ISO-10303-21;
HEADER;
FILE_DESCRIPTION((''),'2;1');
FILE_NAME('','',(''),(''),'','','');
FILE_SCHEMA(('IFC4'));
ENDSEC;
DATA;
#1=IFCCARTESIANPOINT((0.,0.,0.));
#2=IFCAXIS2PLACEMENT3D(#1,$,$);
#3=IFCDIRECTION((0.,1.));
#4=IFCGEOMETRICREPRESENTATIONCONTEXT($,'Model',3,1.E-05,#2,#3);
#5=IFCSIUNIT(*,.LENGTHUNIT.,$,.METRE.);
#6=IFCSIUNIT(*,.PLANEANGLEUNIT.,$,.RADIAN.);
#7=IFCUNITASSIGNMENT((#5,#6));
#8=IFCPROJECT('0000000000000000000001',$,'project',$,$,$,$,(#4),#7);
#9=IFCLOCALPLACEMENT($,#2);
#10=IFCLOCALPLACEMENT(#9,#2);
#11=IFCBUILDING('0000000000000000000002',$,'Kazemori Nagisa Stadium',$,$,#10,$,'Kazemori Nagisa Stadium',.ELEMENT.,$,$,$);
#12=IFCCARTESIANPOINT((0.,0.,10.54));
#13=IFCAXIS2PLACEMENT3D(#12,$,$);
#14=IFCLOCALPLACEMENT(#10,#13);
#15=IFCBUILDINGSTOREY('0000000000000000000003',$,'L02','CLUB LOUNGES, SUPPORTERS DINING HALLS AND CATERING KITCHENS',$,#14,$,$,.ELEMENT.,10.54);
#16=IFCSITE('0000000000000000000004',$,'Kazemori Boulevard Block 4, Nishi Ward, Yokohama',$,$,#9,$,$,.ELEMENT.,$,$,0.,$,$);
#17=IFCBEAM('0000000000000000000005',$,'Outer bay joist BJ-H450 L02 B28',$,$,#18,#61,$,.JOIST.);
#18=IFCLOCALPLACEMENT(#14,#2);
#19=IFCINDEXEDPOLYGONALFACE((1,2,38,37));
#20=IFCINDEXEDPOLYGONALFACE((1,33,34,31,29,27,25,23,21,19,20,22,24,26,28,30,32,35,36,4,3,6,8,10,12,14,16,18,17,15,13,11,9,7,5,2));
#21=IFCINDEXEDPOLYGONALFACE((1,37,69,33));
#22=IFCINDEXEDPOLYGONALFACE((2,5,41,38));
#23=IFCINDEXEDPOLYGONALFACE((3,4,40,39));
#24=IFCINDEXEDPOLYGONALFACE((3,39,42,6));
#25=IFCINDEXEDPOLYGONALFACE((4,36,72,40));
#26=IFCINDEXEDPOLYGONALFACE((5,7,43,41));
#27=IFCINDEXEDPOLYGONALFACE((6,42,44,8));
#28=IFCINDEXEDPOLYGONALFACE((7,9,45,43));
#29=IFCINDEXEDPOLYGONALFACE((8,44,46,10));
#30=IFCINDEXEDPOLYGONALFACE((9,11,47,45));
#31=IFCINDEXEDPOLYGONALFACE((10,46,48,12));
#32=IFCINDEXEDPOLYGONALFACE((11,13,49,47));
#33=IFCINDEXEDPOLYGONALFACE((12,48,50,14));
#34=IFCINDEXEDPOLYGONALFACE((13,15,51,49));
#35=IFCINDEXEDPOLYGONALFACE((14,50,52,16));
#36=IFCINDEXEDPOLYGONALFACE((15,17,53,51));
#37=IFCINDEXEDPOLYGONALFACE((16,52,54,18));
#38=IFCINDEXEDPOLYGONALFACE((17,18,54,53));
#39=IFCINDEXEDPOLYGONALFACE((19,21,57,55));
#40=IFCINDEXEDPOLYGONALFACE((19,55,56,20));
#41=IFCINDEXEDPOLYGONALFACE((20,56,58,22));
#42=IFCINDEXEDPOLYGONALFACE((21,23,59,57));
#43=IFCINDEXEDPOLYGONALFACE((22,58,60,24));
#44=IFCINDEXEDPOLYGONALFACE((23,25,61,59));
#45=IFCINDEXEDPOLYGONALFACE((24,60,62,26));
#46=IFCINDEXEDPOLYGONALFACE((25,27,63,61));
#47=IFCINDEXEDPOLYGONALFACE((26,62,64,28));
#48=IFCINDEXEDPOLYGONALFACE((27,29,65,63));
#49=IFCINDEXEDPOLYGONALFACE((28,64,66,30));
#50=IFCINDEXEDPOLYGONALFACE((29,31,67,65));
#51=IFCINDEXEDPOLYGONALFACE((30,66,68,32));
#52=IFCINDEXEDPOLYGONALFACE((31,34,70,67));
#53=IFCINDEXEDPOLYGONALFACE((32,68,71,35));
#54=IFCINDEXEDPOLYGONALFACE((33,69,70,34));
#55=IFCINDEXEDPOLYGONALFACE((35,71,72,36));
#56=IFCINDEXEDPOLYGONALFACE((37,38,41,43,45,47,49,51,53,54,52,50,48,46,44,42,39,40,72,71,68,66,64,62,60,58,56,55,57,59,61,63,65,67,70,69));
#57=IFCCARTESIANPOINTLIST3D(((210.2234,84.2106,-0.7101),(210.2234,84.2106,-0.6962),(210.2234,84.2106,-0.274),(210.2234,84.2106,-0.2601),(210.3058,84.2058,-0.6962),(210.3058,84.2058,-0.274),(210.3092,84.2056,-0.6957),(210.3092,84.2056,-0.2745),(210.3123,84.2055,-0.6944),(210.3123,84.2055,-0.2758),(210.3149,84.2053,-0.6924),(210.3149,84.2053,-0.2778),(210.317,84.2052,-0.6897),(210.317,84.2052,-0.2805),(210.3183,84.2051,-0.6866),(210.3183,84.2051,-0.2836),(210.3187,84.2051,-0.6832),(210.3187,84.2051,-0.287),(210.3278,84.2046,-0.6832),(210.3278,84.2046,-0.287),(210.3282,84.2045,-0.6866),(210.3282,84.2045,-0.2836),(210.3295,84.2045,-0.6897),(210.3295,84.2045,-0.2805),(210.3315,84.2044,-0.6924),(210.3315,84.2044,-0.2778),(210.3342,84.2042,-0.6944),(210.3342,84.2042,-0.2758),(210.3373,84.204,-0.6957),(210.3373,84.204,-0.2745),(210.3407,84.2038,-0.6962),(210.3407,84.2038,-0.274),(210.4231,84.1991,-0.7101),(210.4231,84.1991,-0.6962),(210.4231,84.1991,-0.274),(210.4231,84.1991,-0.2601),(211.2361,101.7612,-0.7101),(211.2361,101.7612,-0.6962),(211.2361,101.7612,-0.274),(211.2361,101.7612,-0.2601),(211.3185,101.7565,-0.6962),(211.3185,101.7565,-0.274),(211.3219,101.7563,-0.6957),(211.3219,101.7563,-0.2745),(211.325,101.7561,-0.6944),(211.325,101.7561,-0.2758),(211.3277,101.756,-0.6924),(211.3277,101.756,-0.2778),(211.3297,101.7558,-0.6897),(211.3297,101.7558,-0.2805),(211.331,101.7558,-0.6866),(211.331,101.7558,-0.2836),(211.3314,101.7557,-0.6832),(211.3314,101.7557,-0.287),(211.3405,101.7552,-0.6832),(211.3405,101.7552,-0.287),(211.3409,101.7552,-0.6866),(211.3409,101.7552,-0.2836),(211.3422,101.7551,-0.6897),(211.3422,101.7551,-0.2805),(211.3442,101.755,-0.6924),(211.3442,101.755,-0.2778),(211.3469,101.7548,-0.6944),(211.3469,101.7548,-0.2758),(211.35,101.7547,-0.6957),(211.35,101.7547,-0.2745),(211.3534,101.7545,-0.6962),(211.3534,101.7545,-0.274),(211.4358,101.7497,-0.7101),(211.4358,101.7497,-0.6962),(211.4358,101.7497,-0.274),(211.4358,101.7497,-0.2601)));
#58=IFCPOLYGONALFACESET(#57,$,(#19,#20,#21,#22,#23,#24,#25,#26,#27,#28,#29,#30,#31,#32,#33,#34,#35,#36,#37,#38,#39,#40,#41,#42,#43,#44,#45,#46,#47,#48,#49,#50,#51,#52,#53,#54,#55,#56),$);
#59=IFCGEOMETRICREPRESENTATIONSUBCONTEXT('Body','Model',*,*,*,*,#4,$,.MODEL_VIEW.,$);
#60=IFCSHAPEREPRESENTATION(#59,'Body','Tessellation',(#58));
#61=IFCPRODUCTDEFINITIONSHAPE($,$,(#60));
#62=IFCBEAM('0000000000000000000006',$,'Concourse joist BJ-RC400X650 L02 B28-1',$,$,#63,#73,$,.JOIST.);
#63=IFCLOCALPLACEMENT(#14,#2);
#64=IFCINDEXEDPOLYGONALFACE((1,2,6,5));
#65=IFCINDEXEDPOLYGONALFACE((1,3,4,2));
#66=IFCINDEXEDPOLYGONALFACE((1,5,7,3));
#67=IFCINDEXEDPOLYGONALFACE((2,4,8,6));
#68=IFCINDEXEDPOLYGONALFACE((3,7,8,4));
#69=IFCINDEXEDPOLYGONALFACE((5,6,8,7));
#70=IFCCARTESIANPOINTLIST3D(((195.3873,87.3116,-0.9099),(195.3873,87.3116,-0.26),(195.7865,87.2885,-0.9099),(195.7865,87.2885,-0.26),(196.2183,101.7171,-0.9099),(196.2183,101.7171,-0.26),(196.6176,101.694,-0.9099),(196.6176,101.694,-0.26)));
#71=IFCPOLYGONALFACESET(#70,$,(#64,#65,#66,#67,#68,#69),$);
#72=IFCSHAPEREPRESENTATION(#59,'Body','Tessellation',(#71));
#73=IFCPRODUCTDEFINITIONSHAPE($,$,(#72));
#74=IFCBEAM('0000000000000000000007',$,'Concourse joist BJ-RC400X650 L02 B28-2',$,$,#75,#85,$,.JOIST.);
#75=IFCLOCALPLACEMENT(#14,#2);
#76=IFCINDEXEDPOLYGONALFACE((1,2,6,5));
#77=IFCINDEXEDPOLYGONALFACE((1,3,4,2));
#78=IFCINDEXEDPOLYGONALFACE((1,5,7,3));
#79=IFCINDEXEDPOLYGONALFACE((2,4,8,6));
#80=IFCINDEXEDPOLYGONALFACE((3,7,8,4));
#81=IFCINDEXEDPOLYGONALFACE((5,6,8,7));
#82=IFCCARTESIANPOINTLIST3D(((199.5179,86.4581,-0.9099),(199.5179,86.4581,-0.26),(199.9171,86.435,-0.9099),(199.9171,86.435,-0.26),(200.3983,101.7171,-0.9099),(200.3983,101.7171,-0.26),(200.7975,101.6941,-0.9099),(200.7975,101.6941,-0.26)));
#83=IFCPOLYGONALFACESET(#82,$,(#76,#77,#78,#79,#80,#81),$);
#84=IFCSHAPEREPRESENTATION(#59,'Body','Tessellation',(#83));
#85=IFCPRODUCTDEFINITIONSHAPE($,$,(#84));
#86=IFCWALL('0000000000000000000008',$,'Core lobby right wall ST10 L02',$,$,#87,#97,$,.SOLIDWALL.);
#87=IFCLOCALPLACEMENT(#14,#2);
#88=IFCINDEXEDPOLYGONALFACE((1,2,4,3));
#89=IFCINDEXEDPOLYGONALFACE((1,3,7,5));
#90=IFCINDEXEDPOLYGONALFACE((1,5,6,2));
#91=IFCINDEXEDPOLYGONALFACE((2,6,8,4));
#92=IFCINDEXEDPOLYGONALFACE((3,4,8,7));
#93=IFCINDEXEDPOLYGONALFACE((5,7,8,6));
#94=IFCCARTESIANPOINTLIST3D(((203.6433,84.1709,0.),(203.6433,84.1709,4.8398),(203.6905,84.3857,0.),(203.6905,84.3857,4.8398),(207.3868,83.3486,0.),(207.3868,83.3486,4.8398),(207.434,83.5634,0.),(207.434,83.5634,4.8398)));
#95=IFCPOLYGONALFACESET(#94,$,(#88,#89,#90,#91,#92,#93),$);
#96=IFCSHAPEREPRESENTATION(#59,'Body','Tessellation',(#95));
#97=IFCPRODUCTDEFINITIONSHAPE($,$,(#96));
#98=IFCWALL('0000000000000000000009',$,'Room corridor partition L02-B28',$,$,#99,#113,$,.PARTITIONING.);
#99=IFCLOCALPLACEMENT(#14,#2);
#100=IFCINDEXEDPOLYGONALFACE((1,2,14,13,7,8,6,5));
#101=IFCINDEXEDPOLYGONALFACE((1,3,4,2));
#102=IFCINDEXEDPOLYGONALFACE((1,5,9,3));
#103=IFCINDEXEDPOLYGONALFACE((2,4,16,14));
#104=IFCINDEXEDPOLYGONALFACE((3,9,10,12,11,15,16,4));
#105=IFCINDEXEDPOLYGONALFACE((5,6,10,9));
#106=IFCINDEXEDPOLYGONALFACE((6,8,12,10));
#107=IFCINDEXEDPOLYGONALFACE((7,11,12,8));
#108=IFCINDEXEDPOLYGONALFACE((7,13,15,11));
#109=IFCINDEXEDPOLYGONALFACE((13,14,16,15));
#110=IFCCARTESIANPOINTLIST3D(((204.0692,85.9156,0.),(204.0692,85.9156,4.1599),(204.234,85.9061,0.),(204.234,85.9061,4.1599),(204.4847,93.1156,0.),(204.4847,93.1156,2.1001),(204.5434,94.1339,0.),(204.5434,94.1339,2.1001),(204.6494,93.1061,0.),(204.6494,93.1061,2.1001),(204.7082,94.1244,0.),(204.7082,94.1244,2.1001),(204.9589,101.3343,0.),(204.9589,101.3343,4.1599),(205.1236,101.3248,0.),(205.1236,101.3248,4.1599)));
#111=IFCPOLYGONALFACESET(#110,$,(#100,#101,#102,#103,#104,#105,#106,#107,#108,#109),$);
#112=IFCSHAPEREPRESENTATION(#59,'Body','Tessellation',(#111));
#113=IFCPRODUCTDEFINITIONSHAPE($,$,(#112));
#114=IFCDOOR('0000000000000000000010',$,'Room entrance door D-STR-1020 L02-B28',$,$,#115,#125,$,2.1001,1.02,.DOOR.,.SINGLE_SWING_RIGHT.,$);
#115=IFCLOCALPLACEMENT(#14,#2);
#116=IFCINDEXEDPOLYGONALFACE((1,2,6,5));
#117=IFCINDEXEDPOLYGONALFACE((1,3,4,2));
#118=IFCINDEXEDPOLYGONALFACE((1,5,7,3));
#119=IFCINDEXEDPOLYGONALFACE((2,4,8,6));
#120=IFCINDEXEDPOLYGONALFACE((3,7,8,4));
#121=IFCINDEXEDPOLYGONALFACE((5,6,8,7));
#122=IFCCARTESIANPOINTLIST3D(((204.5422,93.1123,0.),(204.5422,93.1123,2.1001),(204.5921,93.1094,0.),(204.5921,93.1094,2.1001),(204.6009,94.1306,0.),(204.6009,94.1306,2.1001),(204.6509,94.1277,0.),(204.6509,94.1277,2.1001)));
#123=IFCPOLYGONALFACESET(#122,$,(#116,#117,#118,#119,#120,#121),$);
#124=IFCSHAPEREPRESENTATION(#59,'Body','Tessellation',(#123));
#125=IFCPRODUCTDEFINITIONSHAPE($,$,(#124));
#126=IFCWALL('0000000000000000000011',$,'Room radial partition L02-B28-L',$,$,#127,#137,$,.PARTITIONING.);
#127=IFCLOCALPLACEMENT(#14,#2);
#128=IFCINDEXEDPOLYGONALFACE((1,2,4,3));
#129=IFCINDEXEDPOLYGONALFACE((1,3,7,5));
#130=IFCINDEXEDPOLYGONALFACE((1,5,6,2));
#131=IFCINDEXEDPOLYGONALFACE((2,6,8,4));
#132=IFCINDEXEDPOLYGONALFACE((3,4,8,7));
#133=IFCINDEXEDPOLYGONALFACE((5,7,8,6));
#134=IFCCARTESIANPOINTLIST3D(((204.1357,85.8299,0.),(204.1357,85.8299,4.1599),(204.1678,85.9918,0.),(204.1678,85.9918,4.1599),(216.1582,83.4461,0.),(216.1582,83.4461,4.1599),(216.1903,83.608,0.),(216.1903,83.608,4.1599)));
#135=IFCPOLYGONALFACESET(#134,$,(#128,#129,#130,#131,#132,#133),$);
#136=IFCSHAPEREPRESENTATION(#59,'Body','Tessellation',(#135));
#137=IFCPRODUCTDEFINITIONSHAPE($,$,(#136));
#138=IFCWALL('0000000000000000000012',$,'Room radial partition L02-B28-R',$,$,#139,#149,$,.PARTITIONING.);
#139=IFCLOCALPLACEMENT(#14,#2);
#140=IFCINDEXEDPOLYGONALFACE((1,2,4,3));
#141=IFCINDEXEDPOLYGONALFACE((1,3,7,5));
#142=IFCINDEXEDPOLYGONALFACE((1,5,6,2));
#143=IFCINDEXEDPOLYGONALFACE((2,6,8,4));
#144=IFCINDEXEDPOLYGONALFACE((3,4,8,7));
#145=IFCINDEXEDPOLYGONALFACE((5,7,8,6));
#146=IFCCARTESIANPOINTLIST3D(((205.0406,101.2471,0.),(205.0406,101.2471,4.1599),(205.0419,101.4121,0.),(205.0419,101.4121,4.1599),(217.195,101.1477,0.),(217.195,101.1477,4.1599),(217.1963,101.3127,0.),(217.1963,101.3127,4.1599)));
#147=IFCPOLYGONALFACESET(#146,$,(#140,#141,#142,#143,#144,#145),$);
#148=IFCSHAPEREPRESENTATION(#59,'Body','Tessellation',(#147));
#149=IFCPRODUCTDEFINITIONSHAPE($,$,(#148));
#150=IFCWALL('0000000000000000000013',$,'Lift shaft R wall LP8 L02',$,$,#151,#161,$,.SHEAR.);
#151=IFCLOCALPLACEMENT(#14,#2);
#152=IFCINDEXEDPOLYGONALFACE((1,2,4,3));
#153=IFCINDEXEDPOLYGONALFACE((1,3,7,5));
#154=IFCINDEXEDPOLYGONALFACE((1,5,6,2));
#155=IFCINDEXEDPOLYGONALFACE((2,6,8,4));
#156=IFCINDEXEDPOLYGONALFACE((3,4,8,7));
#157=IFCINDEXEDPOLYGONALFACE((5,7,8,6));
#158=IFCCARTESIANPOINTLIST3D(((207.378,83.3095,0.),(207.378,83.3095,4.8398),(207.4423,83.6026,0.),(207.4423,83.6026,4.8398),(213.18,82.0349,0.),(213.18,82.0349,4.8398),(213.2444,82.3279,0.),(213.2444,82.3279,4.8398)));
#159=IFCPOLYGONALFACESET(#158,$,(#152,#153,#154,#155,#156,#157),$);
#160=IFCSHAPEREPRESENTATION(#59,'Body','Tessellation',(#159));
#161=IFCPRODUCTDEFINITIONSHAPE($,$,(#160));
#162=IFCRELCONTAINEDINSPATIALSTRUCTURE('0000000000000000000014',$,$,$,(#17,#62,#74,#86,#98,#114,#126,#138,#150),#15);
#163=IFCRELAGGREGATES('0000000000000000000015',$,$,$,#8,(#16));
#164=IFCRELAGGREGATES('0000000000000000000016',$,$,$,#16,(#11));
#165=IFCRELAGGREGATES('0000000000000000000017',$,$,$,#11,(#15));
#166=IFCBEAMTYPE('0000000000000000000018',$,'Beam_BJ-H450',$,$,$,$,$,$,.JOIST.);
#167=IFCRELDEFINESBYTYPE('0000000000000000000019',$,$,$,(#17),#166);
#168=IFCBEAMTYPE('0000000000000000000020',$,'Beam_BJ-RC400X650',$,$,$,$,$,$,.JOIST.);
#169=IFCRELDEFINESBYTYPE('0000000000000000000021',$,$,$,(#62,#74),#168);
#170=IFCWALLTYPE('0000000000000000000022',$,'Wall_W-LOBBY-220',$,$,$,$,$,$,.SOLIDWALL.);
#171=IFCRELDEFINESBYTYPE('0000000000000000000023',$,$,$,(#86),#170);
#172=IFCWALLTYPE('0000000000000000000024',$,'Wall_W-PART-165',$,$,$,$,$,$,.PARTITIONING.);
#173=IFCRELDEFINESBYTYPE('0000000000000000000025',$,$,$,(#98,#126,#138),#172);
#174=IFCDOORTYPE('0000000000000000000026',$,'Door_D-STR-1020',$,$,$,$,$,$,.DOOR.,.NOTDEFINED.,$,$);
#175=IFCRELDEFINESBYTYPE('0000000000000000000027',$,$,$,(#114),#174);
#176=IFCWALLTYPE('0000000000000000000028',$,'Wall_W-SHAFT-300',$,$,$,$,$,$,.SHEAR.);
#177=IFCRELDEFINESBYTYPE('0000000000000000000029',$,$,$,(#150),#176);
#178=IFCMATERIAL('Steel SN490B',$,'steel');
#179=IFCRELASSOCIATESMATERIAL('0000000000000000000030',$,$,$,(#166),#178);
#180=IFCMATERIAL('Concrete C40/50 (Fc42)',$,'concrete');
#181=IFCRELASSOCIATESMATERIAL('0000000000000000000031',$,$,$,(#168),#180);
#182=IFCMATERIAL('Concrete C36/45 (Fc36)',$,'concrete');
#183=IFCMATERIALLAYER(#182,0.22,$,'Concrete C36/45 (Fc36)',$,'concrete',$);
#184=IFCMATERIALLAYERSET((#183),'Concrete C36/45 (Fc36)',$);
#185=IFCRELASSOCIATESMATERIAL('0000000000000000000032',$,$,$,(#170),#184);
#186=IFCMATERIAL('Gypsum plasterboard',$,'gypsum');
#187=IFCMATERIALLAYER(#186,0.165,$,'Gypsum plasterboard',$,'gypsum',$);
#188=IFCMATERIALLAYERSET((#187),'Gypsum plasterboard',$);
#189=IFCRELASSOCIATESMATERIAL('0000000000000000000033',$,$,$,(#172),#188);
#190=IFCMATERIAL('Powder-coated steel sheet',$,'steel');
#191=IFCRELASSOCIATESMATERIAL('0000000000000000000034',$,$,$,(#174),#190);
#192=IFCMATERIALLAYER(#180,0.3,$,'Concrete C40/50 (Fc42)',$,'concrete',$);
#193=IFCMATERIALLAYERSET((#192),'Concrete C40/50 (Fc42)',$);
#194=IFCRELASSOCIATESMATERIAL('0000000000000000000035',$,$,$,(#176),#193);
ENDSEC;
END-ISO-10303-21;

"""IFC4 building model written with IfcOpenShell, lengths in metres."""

from ifc_helpers import new_model, si_unit, direction, frame, frame_2d, origin, origin_2d, place, context, subcontext, project, spatial, rectangle, i_section, extrude, material, layer, layer_set, material_profile, profile_set, type_object, element, fill, save


model = new_model("IFC4")

# Units and contexts
model_context = context("Model", 3, precision=1e-05, world=origin(), true_north=direction((0.0, 1.0)))
body_context = subcontext(model_context, "Body", "Model", "MODEL_VIEW")
ifc_project = project(units=[si_unit("LENGTHUNIT", "METRE"), si_unit("PLANEANGLEUNIT", "RADIAN")], contexts=[model_context])

# Site, building, storey
site_placement = place(None, origin())
site = spatial("IfcSite", under=ifc_project, at=site_placement, Name="Kazemori Boulevard Block 4, Nishi Ward, Yokohama", CompositionType="ELEMENT", RefElevation=0.0)
building_placement = place(site_placement, origin())
building = spatial("IfcBuilding", under=site, at=building_placement, Name="Kazemori Nagisa Stadium", LongName="Kazemori Nagisa Stadium", CompositionType="ELEMENT")
storey_placement = place(building_placement, frame((0.0, 0.0, 10.54)))
storey = spatial("IfcBuildingStorey", under=building, at=storey_placement, Name="L02", Description="CLUB LOUNGES, SUPPORTERS DINING HALLS AND CATERING KITCHENS", CompositionType="ELEMENT", Elevation=10.54)

# Shared definitions
ifc_material_1 = material(Name="Concrete C40/50 (Fc42)", Category="concrete")

# Beams
ifc_material_2 = material(Name="Steel SN490B", Category="steel")
ifc_material_profile_1 = material_profile(ifc_material_2, i_section(OverallWidth=0.2, OverallDepth=0.45, WebThickness=0.009, FlangeThickness=0.0139, FilletRadius=0.0129, at=origin_2d()), Name="H-450x200x9x14")
ifc_profile_set_1 = profile_set([ifc_material_profile_1], Name="Steel SN490B")
beam_type_1 = type_object("IfcBeamType", Name="Beam_BJ-H450", PredefinedType="JOIST", material=ifc_profile_set_1)
beam_1_placement = place(storey_placement, frame((210.3232, 84.2048, -0.4851), z_axis=(0.057606, 0.998339, 0.0), x_axis=(-0.998339, 0.057606, 0.0)))
element("IfcBeam", 1, at=beam_1_placement, inside=storey, type_object=beam_type_1, Name="Outer bay joist BJ-H450 L02 B28", PredefinedType="JOIST", context=body_context, shape_type="SweptSolid", body=[
    extrude(i_section(OverallWidth=0.2, OverallDepth=0.45, WebThickness=0.009, FlangeThickness=0.0139, FilletRadius=0.0129, at=origin_2d()), origin(), (0.0, 0.0, 1.0), 17.5798),
])
ifc_material_profile_2 = material_profile(ifc_material_1, rectangle(XDim=0.3999, YDim=0.6499, at=origin_2d()), Name="RC-BM-400x650")
ifc_profile_set_2 = profile_set([ifc_material_profile_2], Name="Concrete C40/50 (Fc42)")
beam_type_2 = type_object("IfcBeamType", Name="Beam_BJ-RC400X650", PredefinedType="JOIST", material=ifc_profile_set_2)
beam_2_placement = place(storey_placement, frame((195.5869, 87.3, -0.585), z_axis=(0.057594, 0.99834, 0.0), x_axis=(-0.99834, 0.057594, 0.0)))
element("IfcBeam", 2, at=beam_2_placement, inside=storey, type_object=beam_type_2, Name="Concourse joist BJ-RC400X650 L02 B28-1", PredefinedType="JOIST", context=body_context, shape_type="SweptSolid", body=[
    extrude(rectangle(XDim=0.3999, YDim=0.6499, at=origin_2d()), origin(), (0.0, 0.0, 1.0), 14.4294),
])
beam_3_placement = place(storey_placement, frame((199.7175, 86.4465, -0.585), z_axis=(0.057599, 0.99834, 0.0), x_axis=(-0.99834, 0.057599, 0.0)))
element("IfcBeam", 3, at=beam_3_placement, inside=storey, type_object=beam_type_2, Name="Concourse joist BJ-RC400X650 L02 B28-2", PredefinedType="JOIST", context=body_context, shape_type="SweptSolid", body=[
    extrude(rectangle(XDim=0.3999, YDim=0.6499, at=origin_2d()), origin(), (0.0, 0.0, 1.0), 15.2844),
])

# Wall
ifc_material_3 = material(Name="Concrete C36/45 (Fc36)", Category="concrete")
ifc_layer_1 = layer(ifc_material_3, 0.22, Name="Concrete C36/45 (Fc36)", Category="concrete")
ifc_layer_set_1 = layer_set([ifc_layer_1], Name="Concrete C36/45 (Fc36)")
wall_type_1 = type_object("IfcWallType", Name="Wall_W-LOBBY-220", PredefinedType="SOLIDWALL", material=ifc_layer_set_1)
wall_1_placement = place(storey_placement, frame((203.6667, 84.2783, 0.0), z_axis=(0.0, 0.0, 1.0), x_axis=(0.976715, -0.214542, 0.0)))
element("IfcWall", 4, at=wall_1_placement, inside=storey, type_object=wall_type_1, Name="Core lobby right wall ST10 L02", PredefinedType="SOLIDWALL", context=body_context, shape_type="SweptSolid", body=[
    extrude(rectangle(XDim=3.8328, YDim=0.22, at=frame_2d((1.9165, 0.0))), origin(), (0.0, 0.0, 1.0), 4.8398),
])

# Wall, opening, door
ifc_material_4 = material(Name="Gypsum plasterboard", Category="gypsum")
ifc_layer_2 = layer(ifc_material_4, 0.165, Name="Gypsum plasterboard", Category="gypsum")
ifc_layer_set_2 = layer_set([ifc_layer_2], Name="Gypsum plasterboard")
wall_type_2 = type_object("IfcWallType", Name="Wall_W-PART-165", PredefinedType="PARTITIONING", material=ifc_layer_set_2)
wall_2_placement = place(storey_placement, frame((204.1516, 85.9109, 0.0), z_axis=(0.0, 0.0, 1.0), x_axis=(0.057604, 0.99834, 0.0)))
wall_2 = element("IfcWall", 5, at=wall_2_placement, inside=storey, type_object=wall_type_2, Name="Room corridor partition L02-B28", PredefinedType="PARTITIONING", context=body_context, shape_type="SweptSolid", body=[
    extrude(rectangle(XDim=15.4443, YDim=0.165, at=frame_2d((7.7222, 0.0))), origin(), (0.0, 0.0, 1.0), 4.1599),
])
opening_placement = place(wall_2_placement, frame((7.2119, 0.0, 0.0)))
opening = element("IfcOpeningElement", 6, at=opening_placement, cuts=wall_2, PredefinedType="OPENING", context=body_context, shape_type="SweptSolid", body=[
    extrude(rectangle(XDim=1.02, YDim=2.1001, at=frame_2d((0.51, 1.05))), frame((0.0, 0.0925, 0.0), z_axis=(0.0, -1.0, 0.0), x_axis=(1.0, 0.0, 0.0)), (0.0, 0.0, 1.0), 0.1851),
])
ifc_material_5 = material(Name="Powder-coated steel sheet", Category="steel")
door_type = type_object("IfcDoorType", Name="Door_D-STR-1020", OperationType="NOTDEFINED", PredefinedType="DOOR", material=ifc_material_5)
door_placement = place(opening_placement, origin())
door = element("IfcDoor", 7, at=door_placement, inside=storey, type_object=door_type, Name="Room entrance door D-STR-1020 L02-B28", OperationType="SINGLE_SWING_RIGHT", OverallHeight=2.1001, OverallWidth=1.02, PredefinedType="DOOR", context=body_context, shape_type="SweptSolid", body=[
    extrude(rectangle(XDim=1.02, YDim=2.1001, at=frame_2d((0.51, 1.05))), frame((0.0, 0.0249, 0.0), z_axis=(0.0, -1.0, 0.0), x_axis=(1.0, 0.0, 0.0)), (0.0, 0.0, 1.0), 0.05),
])
fill(opening, door)

# Walls
wall_3_placement = place(storey_placement, frame((204.1516, 85.9109, 0.0), z_axis=(0.0, 0.0, 1.0), x_axis=(0.980904, -0.194492, 0.0)))
element("IfcWall", 8, at=wall_3_placement, inside=storey, type_object=wall_type_2, Name="Room radial partition L02-B28-L", PredefinedType="PARTITIONING", context=body_context, shape_type="SweptSolid", body=[
    extrude(rectangle(XDim=12.2566, YDim=0.165, at=frame_2d((6.1284, 0.0))), origin(), (0.0, 0.0, 1.0), 4.1599),
])
wall_4_placement = place(storey_placement, frame((205.0413, 101.3296, 0.0), z_axis=(0.0, 0.0, 1.0), x_axis=(0.999967, -0.008175, 0.0)))
element("IfcWall", 9, at=wall_4_placement, inside=storey, type_object=wall_type_2, Name="Room radial partition L02-B28-R", PredefinedType="PARTITIONING", context=body_context, shape_type="SweptSolid", body=[
    extrude(rectangle(XDim=12.1548, YDim=0.165, at=frame_2d((6.0774, 0.0))), origin(), (0.0, 0.0, 1.0), 4.1599),
])
ifc_layer_3 = layer(ifc_material_1, 0.3, Name="Concrete C40/50 (Fc42)", Category="concrete")
ifc_layer_set_3 = layer_set([ifc_layer_3], Name="Concrete C40/50 (Fc42)")
wall_type_3 = type_object("IfcWallType", Name="Wall_W-SHAFT-300", PredefinedType="SHEAR", material=ifc_layer_set_3)
wall_5_placement = place(storey_placement, frame((207.4102, 83.4561, 0.0), z_axis=(0.0, 0.0, 1.0), x_axis=(0.976707, -0.214576, 0.0)))
element("IfcWall", 10, at=wall_5_placement, inside=storey, type_object=wall_type_3, Name="Lift shaft R wall LP8 L02", PredefinedType="SHEAR", context=body_context, shape_type="SweptSolid", body=[
    extrude(rectangle(XDim=5.9404, YDim=0.3, at=frame_2d((2.9702, 0.0))), origin(), (0.0, 0.0, 1.0), 4.8398),
])

save(model, "model.ifc")
